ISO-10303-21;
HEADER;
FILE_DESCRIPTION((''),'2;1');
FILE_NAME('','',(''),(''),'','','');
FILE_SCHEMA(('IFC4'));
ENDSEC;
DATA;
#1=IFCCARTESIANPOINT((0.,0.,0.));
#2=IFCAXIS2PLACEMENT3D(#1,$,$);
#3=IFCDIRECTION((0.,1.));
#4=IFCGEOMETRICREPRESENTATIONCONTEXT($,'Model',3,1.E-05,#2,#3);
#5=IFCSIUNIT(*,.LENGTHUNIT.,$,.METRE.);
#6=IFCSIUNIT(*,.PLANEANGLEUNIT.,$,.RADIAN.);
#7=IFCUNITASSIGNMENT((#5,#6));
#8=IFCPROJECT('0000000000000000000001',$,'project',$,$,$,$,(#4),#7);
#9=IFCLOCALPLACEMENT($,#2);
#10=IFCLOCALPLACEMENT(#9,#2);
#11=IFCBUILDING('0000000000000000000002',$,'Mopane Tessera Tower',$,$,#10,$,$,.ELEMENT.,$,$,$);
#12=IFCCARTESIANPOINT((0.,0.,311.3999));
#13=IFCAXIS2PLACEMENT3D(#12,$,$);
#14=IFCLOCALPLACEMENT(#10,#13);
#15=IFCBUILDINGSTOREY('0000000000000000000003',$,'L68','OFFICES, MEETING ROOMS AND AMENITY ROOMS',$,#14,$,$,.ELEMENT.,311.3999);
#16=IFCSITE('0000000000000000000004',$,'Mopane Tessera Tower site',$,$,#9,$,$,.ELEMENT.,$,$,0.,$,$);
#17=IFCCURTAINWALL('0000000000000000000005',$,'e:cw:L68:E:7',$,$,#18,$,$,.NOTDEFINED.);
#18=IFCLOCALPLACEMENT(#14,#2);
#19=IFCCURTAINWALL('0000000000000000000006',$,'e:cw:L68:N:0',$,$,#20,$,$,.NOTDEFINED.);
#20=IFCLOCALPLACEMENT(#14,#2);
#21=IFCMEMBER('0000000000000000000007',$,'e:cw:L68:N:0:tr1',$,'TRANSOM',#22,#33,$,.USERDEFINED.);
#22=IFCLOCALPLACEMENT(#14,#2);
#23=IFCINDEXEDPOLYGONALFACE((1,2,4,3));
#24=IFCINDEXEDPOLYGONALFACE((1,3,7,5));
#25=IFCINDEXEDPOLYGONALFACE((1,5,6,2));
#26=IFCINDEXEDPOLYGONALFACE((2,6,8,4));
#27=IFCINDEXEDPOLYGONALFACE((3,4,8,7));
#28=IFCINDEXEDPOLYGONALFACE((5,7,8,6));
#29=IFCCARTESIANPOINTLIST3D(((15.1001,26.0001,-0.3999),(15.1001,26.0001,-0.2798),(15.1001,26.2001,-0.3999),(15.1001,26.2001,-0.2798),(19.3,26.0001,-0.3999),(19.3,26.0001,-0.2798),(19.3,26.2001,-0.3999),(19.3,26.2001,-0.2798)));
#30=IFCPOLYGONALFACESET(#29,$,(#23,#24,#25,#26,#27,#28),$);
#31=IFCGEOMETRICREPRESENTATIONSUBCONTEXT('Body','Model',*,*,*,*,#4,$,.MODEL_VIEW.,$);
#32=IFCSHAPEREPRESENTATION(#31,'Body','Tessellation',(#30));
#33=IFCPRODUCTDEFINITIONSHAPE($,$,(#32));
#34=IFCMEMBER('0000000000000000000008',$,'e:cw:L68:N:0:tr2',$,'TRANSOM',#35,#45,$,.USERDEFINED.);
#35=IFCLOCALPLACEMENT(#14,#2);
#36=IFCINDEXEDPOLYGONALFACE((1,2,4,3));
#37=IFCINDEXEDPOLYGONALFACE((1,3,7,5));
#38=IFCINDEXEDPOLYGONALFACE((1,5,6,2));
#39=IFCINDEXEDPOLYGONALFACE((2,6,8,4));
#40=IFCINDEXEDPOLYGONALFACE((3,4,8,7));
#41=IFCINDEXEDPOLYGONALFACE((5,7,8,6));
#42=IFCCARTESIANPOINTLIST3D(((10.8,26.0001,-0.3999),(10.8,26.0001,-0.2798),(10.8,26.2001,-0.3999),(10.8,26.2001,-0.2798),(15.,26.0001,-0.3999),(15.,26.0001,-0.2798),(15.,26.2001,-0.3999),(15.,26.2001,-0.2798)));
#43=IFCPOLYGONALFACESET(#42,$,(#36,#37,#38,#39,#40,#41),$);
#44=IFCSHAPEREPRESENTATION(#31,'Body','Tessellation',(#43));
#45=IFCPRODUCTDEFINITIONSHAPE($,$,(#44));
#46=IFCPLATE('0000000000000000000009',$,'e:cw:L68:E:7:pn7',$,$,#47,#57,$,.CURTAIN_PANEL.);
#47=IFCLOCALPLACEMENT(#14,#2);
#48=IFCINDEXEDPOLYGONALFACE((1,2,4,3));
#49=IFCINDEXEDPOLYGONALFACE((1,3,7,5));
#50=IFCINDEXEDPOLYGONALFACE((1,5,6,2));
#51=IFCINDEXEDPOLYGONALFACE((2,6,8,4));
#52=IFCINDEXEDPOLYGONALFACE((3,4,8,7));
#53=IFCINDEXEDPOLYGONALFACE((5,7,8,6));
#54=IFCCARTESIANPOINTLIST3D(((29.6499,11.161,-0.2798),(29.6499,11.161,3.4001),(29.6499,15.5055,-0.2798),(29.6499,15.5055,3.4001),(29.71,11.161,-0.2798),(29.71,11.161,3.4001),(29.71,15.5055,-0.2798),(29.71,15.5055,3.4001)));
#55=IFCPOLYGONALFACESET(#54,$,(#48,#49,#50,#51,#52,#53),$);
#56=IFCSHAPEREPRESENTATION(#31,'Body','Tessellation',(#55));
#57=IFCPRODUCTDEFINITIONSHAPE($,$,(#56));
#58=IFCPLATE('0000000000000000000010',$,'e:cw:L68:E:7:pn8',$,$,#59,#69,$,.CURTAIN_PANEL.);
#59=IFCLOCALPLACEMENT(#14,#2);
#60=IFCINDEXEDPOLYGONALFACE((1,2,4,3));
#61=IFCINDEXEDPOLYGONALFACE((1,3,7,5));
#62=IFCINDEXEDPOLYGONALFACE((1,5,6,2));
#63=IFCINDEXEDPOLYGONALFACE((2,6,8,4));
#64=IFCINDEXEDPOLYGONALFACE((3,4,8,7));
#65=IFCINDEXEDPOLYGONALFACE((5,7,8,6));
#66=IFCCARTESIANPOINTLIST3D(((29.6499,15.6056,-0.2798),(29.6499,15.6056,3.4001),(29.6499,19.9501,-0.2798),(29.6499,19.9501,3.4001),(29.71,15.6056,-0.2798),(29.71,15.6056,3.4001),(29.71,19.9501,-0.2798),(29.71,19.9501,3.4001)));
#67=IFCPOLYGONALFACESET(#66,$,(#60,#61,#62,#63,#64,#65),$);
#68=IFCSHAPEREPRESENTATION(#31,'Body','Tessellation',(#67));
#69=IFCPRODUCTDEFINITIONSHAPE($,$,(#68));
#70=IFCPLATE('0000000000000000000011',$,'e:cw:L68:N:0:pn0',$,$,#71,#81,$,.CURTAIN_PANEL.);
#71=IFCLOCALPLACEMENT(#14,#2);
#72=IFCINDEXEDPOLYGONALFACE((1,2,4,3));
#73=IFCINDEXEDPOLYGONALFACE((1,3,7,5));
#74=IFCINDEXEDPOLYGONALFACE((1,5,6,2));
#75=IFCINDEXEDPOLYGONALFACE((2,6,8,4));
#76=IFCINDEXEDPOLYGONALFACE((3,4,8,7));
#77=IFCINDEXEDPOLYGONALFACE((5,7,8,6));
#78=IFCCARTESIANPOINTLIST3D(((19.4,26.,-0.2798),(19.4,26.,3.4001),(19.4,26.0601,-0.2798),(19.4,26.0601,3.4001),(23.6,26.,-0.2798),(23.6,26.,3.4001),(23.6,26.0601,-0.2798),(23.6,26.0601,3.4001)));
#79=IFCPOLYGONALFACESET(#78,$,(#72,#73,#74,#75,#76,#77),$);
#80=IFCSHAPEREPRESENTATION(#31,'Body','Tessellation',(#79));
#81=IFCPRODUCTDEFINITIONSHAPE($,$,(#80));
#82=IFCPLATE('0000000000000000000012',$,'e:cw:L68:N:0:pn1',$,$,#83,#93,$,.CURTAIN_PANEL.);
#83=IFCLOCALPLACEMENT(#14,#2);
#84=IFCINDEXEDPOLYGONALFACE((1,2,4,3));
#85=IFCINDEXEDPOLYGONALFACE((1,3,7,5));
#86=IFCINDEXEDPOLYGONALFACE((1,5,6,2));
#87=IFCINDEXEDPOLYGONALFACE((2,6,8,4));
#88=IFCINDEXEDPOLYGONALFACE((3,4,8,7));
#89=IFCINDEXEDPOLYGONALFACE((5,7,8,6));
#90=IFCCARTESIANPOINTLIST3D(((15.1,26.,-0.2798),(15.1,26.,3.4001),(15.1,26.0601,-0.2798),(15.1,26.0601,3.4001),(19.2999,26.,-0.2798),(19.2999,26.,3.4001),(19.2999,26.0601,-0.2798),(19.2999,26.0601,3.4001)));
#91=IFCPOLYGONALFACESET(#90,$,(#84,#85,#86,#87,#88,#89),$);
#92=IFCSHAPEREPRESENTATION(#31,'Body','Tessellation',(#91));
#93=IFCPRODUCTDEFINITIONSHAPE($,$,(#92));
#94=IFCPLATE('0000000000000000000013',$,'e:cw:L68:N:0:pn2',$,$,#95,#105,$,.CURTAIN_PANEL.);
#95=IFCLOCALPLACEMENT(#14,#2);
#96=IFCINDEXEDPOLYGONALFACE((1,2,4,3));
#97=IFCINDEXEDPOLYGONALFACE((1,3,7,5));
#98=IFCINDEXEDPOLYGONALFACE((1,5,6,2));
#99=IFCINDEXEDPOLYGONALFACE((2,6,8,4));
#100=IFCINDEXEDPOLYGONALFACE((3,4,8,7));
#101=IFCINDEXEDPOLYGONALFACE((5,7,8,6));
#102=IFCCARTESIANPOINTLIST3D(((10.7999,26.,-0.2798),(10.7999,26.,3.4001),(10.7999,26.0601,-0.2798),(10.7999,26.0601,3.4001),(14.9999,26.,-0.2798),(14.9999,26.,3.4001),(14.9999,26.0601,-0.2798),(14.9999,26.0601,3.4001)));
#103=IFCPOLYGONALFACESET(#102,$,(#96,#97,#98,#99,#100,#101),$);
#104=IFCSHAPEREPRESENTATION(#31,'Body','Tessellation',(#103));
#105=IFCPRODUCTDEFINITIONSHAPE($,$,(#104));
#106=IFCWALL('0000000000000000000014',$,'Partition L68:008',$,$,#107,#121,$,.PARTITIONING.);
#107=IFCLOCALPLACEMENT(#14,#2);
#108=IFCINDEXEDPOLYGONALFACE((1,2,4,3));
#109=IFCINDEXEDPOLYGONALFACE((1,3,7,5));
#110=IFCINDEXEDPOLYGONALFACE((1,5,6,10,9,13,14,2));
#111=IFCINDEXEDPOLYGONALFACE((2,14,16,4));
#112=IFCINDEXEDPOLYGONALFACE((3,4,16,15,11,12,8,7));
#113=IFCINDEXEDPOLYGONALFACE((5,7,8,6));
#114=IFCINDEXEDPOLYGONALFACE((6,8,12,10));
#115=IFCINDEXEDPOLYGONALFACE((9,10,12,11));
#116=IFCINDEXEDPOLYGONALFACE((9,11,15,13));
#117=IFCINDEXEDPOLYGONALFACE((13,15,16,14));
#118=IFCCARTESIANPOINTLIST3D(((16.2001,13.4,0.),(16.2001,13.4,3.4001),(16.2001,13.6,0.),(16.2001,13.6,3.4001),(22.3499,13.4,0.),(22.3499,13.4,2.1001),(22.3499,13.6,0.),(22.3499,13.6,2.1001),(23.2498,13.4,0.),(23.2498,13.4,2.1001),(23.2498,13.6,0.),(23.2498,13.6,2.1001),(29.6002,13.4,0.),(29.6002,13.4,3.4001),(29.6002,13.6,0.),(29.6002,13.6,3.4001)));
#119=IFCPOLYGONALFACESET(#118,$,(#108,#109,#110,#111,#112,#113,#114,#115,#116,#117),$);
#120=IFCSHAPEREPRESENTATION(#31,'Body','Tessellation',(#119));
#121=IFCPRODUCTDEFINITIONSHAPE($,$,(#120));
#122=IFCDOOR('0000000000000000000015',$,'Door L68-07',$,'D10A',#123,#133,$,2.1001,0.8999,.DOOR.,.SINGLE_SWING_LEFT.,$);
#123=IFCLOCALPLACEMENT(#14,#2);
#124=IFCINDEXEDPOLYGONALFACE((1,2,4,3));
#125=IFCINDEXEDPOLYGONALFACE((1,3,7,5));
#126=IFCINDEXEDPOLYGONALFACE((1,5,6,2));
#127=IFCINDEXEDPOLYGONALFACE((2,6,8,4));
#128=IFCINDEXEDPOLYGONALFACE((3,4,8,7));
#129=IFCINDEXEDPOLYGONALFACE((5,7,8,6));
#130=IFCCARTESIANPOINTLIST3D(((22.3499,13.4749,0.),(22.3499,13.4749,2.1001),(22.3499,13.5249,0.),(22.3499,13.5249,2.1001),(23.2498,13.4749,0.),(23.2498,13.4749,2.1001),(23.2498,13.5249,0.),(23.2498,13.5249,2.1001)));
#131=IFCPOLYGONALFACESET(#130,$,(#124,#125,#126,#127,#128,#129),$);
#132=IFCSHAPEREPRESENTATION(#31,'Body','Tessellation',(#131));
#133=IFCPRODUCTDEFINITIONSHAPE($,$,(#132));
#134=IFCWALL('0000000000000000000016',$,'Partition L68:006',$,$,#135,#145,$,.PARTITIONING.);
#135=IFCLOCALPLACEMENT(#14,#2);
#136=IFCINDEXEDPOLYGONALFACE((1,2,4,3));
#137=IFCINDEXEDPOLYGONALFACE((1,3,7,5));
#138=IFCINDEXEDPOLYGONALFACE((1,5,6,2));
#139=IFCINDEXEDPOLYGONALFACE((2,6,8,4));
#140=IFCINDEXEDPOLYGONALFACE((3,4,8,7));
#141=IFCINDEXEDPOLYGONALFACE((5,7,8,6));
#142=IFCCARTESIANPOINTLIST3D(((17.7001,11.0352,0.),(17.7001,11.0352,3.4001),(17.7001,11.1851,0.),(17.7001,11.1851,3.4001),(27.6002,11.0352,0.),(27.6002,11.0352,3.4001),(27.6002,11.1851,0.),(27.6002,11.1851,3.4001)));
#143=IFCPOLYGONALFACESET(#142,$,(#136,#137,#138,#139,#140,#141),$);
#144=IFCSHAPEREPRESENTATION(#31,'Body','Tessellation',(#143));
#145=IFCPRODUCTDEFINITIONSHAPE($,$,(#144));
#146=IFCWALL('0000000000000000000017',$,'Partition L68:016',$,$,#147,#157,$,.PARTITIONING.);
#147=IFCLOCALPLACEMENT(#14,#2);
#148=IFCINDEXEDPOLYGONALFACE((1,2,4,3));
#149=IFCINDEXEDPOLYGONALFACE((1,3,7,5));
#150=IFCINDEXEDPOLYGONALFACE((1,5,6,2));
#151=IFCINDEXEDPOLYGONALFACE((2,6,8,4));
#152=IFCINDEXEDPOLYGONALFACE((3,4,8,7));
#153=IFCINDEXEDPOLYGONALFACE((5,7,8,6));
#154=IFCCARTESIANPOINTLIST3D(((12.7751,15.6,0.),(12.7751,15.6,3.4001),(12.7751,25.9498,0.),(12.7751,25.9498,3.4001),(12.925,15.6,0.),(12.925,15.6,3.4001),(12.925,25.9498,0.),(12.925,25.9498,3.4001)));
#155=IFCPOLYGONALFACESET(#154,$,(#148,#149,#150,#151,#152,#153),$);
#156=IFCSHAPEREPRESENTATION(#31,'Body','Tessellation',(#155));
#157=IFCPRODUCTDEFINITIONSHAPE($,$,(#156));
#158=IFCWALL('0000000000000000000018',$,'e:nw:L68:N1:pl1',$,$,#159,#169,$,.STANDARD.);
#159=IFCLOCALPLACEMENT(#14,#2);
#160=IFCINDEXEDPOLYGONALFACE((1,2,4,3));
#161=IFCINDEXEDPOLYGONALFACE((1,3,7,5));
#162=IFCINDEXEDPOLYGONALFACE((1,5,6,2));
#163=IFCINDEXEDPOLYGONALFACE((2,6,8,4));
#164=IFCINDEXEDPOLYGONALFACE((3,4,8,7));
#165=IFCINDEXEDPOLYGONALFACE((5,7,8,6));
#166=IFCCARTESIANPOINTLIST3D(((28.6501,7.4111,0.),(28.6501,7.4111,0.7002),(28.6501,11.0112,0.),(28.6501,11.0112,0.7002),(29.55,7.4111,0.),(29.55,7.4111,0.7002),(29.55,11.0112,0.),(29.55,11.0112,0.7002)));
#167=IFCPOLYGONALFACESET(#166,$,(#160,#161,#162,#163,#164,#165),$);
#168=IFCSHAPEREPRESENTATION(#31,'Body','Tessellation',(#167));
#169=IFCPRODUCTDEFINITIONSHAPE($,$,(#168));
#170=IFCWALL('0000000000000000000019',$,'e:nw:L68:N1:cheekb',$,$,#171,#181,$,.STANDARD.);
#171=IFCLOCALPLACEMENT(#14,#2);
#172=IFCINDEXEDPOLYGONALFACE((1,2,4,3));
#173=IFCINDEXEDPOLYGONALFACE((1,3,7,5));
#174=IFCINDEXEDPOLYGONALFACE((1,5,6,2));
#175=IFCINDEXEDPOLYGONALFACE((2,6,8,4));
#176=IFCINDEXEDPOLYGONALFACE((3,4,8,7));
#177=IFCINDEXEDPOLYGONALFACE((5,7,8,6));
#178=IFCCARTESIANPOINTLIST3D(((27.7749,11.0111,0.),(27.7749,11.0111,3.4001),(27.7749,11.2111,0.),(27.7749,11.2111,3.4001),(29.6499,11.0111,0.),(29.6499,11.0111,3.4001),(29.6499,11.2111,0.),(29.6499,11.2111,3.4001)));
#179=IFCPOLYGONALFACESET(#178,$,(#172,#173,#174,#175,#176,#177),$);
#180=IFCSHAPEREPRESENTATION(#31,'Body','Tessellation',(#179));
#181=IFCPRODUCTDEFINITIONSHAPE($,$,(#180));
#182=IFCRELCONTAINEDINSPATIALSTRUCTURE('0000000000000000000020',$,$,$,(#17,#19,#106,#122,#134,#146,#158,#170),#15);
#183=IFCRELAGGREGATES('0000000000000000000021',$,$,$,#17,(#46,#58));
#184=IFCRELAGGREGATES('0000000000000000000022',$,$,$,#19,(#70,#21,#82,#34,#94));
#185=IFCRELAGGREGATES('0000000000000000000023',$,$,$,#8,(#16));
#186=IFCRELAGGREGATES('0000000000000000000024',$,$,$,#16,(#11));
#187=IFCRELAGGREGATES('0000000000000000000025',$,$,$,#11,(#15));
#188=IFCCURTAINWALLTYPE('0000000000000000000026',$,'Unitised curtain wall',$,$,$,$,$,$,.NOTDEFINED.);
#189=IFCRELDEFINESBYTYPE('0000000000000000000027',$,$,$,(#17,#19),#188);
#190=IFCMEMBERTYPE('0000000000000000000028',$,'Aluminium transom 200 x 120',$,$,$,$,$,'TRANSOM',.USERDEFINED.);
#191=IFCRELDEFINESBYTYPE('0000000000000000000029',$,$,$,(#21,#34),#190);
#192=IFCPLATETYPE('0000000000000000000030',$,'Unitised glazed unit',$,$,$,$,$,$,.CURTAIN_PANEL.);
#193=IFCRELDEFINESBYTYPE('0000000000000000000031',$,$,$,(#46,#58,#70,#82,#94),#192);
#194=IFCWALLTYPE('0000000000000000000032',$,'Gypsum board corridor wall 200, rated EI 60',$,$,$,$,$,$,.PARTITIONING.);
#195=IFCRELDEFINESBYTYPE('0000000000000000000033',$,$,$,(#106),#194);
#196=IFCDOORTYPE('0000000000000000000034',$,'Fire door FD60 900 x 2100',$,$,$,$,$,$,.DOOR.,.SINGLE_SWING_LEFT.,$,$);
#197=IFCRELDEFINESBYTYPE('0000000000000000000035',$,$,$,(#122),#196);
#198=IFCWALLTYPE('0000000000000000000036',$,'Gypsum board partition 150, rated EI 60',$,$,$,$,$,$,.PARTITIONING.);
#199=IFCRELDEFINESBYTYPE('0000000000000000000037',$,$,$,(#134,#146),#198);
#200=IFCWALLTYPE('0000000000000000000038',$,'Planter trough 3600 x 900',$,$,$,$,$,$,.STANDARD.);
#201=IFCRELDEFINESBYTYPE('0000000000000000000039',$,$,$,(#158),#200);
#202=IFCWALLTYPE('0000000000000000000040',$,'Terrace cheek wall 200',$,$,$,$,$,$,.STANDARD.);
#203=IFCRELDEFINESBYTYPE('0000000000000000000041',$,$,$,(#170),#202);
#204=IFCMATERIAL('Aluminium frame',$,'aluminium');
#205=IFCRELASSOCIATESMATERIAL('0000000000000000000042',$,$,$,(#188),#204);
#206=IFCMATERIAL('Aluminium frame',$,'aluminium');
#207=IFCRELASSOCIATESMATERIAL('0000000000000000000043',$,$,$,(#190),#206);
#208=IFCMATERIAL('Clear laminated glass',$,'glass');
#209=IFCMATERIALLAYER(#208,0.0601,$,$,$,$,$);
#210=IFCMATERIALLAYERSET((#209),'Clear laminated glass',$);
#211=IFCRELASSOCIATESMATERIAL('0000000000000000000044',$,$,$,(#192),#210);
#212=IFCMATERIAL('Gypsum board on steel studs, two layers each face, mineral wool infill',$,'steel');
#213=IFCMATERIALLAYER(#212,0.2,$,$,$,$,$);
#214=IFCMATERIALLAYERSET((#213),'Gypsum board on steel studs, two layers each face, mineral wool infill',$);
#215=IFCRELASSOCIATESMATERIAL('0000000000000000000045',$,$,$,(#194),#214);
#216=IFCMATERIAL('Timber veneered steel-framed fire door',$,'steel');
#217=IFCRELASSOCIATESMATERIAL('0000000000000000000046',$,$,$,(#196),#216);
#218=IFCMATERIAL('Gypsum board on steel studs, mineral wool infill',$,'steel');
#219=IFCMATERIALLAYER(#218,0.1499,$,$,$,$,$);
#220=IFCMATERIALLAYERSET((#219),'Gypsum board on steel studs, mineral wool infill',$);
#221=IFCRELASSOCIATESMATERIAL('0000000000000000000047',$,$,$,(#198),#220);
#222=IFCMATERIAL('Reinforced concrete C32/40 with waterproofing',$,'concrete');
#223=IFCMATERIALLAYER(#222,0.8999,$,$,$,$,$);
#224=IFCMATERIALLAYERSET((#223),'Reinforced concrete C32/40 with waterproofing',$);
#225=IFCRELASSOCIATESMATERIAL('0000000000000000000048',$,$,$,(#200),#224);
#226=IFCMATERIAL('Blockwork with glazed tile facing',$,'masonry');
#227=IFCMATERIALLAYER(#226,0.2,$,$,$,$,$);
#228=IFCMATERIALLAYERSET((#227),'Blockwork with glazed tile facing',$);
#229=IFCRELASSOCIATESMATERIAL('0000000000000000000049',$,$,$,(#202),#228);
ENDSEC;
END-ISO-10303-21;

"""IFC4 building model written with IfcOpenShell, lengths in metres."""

from ifc_helpers import new_model, si_unit, direction, frame, frame_2d, origin, origin_2d, place, context, subcontext, project, spatial, rectangle, extrude, material, layer, layer_set, material_profile, profile_set, type_object, element, fill, aggregate, save


model = new_model("IFC4")

# Units and contexts
model_context = context("Model", 3, precision=1e-05, world=origin(), true_north=direction((0.0, 1.0)))
body_context = subcontext(model_context, "Body", "Model", "MODEL_VIEW")
ifc_project = project(units=[si_unit("LENGTHUNIT", "METRE"), si_unit("PLANEANGLEUNIT", "RADIAN")], contexts=[model_context])

# Site, building, storey
site_placement = place(None, origin())
site = spatial("IfcSite", under=ifc_project, at=site_placement, Name="Mopane Tessera Tower site", CompositionType="ELEMENT", RefElevation=0.0)
building_placement = place(site_placement, origin())
building = spatial("IfcBuilding", under=site, at=building_placement, Name="Mopane Tessera Tower", CompositionType="ELEMENT")
storey_placement = place(building_placement, frame((0.0, 0.0, 311.3999)))
storey = spatial("IfcBuildingStorey", under=building, at=storey_placement, Name="L68", Description="OFFICES, MEETING ROOMS AND AMENITY ROOMS", CompositionType="ELEMENT", Elevation=311.3999)

# Curtain walls
ifc_material_1 = material(Name="Aluminium frame", Category="aluminium")
curtain_wall_type = type_object("IfcCurtainWallType", Name="Unitised curtain wall", PredefinedType="NOTDEFINED", material=ifc_material_1)
curtain_wall_1_placement = place(storey_placement, origin())
curtain_wall_1 = element("IfcCurtainWall", 1, at=curtain_wall_1_placement, inside=storey, type_object=curtain_wall_type, Name="e:cw:L68:E:7", PredefinedType="NOTDEFINED")
curtain_wall_2_placement = place(storey_placement, origin())
curtain_wall_2 = element("IfcCurtainWall", 2, at=curtain_wall_2_placement, inside=storey, type_object=curtain_wall_type, Name="e:cw:L68:N:0", PredefinedType="NOTDEFINED")

# Members
ifc_material_2 = material(Name="Aluminium frame", Category="aluminium")
ifc_material_profile_1 = material_profile(ifc_material_2, rectangle(XDim=0.2, YDim=0.1201, at=origin_2d()))
ifc_profile_set_1 = profile_set([ifc_material_profile_1], Name="Aluminium frame")
member_type_1 = type_object("IfcMemberType", Name="Aluminium transom 200 x 120", ElementType="TRANSOM", PredefinedType="USERDEFINED", material=ifc_profile_set_1)
member_1_placement = place(storey_placement, frame((19.3, 26.1001, -0.3398), z_axis=(-1.0, 0.0, 0.0), x_axis=(0.0, -1.0, 0.0)))
member_1 = element("IfcMember", 3, at=member_1_placement, type_object=member_type_1, Name="e:cw:L68:N:0:tr1", ObjectType="TRANSOM", PredefinedType="USERDEFINED", context=body_context, shape_type="SweptSolid", body=[
    extrude(rectangle(XDim=0.2, YDim=0.1201, at=origin_2d()), origin(), (0.0, 0.0, 1.0), 4.2),
])
member_2_placement = place(storey_placement, frame((15.0, 26.1001, -0.3398), z_axis=(-1.0, 0.0, 0.0), x_axis=(0.0, -1.0, 0.0)))
member_2 = element("IfcMember", 4, at=member_2_placement, type_object=member_type_1, Name="e:cw:L68:N:0:tr2", ObjectType="TRANSOM", PredefinedType="USERDEFINED", context=body_context, shape_type="SweptSolid", body=[
    extrude(rectangle(XDim=0.2, YDim=0.1201, at=origin_2d()), origin(), (0.0, 0.0, 1.0), 4.2),
])

# Plates
ifc_material_3 = material(Name="Clear laminated glass", Category="glass")
ifc_layer_1 = layer(ifc_material_3, 0.0601)
ifc_layer_set_1 = layer_set([ifc_layer_1], Name="Clear laminated glass")
plate_type = type_object("IfcPlateType", Name="Unitised glazed unit", PredefinedType="CURTAIN_PANEL", material=ifc_layer_set_1)
plate_1_placement = place(storey_placement, frame((29.6799, 13.3333, -0.2798), z_axis=(0.0, 0.0, 1.0), x_axis=(0.0, 1.0, 0.0)))
plate_1 = element("IfcPlate", 5, at=plate_1_placement, type_object=plate_type, Name="e:cw:L68:E:7:pn7", PredefinedType="CURTAIN_PANEL", context=body_context, shape_type="SweptSolid", body=[
    extrude(rectangle(XDim=4.3445, YDim=0.0601, at=origin_2d()), origin(), (0.0, 0.0, 1.0), 3.6799),
])
plate_2_placement = place(storey_placement, frame((29.6799, 17.7778, -0.2798), z_axis=(0.0, 0.0, 1.0), x_axis=(0.0, 1.0, 0.0)))
plate_2 = element("IfcPlate", 6, at=plate_2_placement, type_object=plate_type, Name="e:cw:L68:E:7:pn8", PredefinedType="CURTAIN_PANEL", context=body_context, shape_type="SweptSolid", body=[
    extrude(rectangle(XDim=4.3445, YDim=0.0601, at=origin_2d()), origin(), (0.0, 0.0, 1.0), 3.6799),
])
aggregate(curtain_wall_1, [plate_1, plate_2])
plate_3_placement = place(storey_placement, frame((21.5, 26.03, -0.2798), z_axis=(0.0, 0.0, 1.0), x_axis=(-1.0, 0.0, 0.0)))
plate_3 = element("IfcPlate", 7, at=plate_3_placement, type_object=plate_type, Name="e:cw:L68:N:0:pn0", PredefinedType="CURTAIN_PANEL", context=body_context, shape_type="SweptSolid", body=[
    extrude(rectangle(XDim=4.2, YDim=0.0601, at=origin_2d()), origin(), (0.0, 0.0, 1.0), 3.6799),
])
plate_4_placement = place(storey_placement, frame((17.2, 26.03, -0.2798), z_axis=(0.0, 0.0, 1.0), x_axis=(-1.0, 0.0, 0.0)))
plate_4 = element("IfcPlate", 8, at=plate_4_placement, type_object=plate_type, Name="e:cw:L68:N:0:pn1", PredefinedType="CURTAIN_PANEL", context=body_context, shape_type="SweptSolid", body=[
    extrude(rectangle(XDim=4.2, YDim=0.0601, at=origin_2d()), origin(), (0.0, 0.0, 1.0), 3.6799),
])
plate_5_placement = place(storey_placement, frame((12.8999, 26.03, -0.2798), z_axis=(0.0, 0.0, 1.0), x_axis=(-1.0, 0.0, 0.0)))
plate_5 = element("IfcPlate", 9, at=plate_5_placement, type_object=plate_type, Name="e:cw:L68:N:0:pn2", PredefinedType="CURTAIN_PANEL", context=body_context, shape_type="SweptSolid", body=[
    extrude(rectangle(XDim=4.2, YDim=0.0601, at=origin_2d()), origin(), (0.0, 0.0, 1.0), 3.6799),
])
aggregate(curtain_wall_2, [plate_3, member_1, plate_4, member_2, plate_5])

# Wall, opening, door
ifc_material_4 = material(Name="Gypsum board on steel studs, two layers each face, mineral wool infill", Category="steel")
ifc_layer_2 = layer(ifc_material_4, 0.2)
ifc_layer_set_2 = layer_set([ifc_layer_2], Name="Gypsum board on steel studs, two layers each face, mineral wool infill")
wall_type_1 = type_object("IfcWallType", Name="Gypsum board corridor wall 200, rated EI 60", PredefinedType="PARTITIONING", material=ifc_layer_set_2)
wall_1_placement = place(storey_placement, frame((16.2, 13.5, 0.0), z_axis=(0.0, 0.0, 1.0), x_axis=(1.0, 0.0, 0.0)))
wall_1 = element("IfcWall", 10, at=wall_1_placement, inside=storey, type_object=wall_type_1, Name="Partition L68:008", PredefinedType="PARTITIONING", context=body_context, shape_type="SweptSolid", body=[
    extrude(rectangle(XDim=13.4001, YDim=0.2, at=frame_2d((6.7002, 0.0))), origin(), (0.0, 0.0, 1.0), 3.4001),
])
opening_placement = place(wall_1_placement, frame((6.1499, 0.0, 0.0)))
opening = element("IfcOpeningElement", 11, at=opening_placement, cuts=wall_1, PredefinedType="OPENING", context=body_context, shape_type="SweptSolid", body=[
    extrude(rectangle(XDim=0.8999, YDim=2.1001, at=frame_2d((0.45, 1.05))), frame((0.0, 0.1121, 0.0), z_axis=(0.0, -1.0, 0.0), x_axis=(1.0, 0.0, 0.0)), (0.0, 0.0, 1.0), 0.2239),
])
ifc_material_5 = material(Name="Timber veneered steel-framed fire door", Category="steel")
door_type = type_object("IfcDoorType", Name="Fire door FD60 900 x 2100", OperationType="SINGLE_SWING_LEFT", PredefinedType="DOOR", material=ifc_material_5)
door_placement = place(opening_placement, origin())
door = element("IfcDoor", 12, at=door_placement, inside=storey, type_object=door_type, Name="Door L68-07", ObjectType="D10A", OperationType="SINGLE_SWING_LEFT", OverallHeight=2.1001, OverallWidth=0.8999, PredefinedType="DOOR", context=body_context, shape_type="SweptSolid", body=[
    extrude(rectangle(XDim=0.8999, YDim=2.1001, at=frame_2d((0.45, 1.05))), frame((0.0, 0.0249, 0.0), z_axis=(0.0, -1.0, 0.0), x_axis=(1.0, 0.0, 0.0)), (0.0, 0.0, 1.0), 0.05),
])
fill(opening, door)

# Walls
ifc_material_6 = material(Name="Gypsum board on steel studs, mineral wool infill", Category="steel")
ifc_layer_3 = layer(ifc_material_6, 0.1499)
ifc_layer_set_3 = layer_set([ifc_layer_3], Name="Gypsum board on steel studs, mineral wool infill")
wall_type_2 = type_object("IfcWallType", Name="Gypsum board partition 150, rated EI 60", PredefinedType="PARTITIONING", material=ifc_layer_set_3)
wall_2_placement = place(storey_placement, frame((17.7, 11.1101, 0.0), z_axis=(0.0, 0.0, 1.0), x_axis=(1.0, 0.0, 0.0)))
element("IfcWall", 13, at=wall_2_placement, inside=storey, type_object=wall_type_2, Name="Partition L68:006", PredefinedType="PARTITIONING", context=body_context, shape_type="SweptSolid", body=[
    extrude(rectangle(XDim=9.9001, YDim=0.1499, at=frame_2d((4.9502, 0.0))), origin(), (0.0, 0.0, 1.0), 3.4001),
])
wall_3_placement = place(storey_placement, frame((12.8501, 15.6001, 0.0), z_axis=(0.0, 0.0, 1.0), x_axis=(0.0, 1.0, 0.0)))
element("IfcWall", 14, at=wall_3_placement, inside=storey, type_object=wall_type_2, Name="Partition L68:016", PredefinedType="PARTITIONING", context=body_context, shape_type="SweptSolid", body=[
    extrude(rectangle(XDim=10.3499, YDim=0.1499, at=frame_2d((5.1748, 0.0))), origin(), (0.0, 0.0, 1.0), 3.4001),
])
ifc_material_7 = material(Name="Reinforced concrete C32/40 with waterproofing", Category="concrete")
ifc_layer_4 = layer(ifc_material_7, 0.8999)
ifc_layer_set_4 = layer_set([ifc_layer_4], Name="Reinforced concrete C32/40 with waterproofing")
wall_type_3 = type_object("IfcWallType", Name="Planter trough 3600 x 900", PredefinedType="STANDARD", material=ifc_layer_set_4)
wall_4_placement = place(storey_placement, frame((29.1001, 7.4111, 0.0), z_axis=(0.0, 0.0, 1.0), x_axis=(0.0, 1.0, 0.0)))
element("IfcWall", 15, at=wall_4_placement, inside=storey, type_object=wall_type_3, Name="e:nw:L68:N1:pl1", PredefinedType="STANDARD", context=body_context, shape_type="SweptSolid", body=[
    extrude(rectangle(XDim=3.6001, YDim=0.8999, at=frame_2d((1.8, 0.0))), origin(), (0.0, 0.0, 1.0), 0.7002),
])
ifc_material_8 = material(Name="Blockwork with glazed tile facing", Category="masonry")
ifc_layer_5 = layer(ifc_material_8, 0.2)
ifc_layer_set_5 = layer_set([ifc_layer_5], Name="Blockwork with glazed tile facing")
wall_type_4 = type_object("IfcWallType", Name="Terrace cheek wall 200", PredefinedType="STANDARD", material=ifc_layer_set_5)
wall_5_placement = place(storey_placement, frame((29.6499, 11.1111, 0.0), z_axis=(0.0, 0.0, 1.0), x_axis=(-1.0, 0.0, 0.0)))
element("IfcWall", 16, at=wall_5_placement, inside=storey, type_object=wall_type_4, Name="e:nw:L68:N1:cheekb", PredefinedType="STANDARD", context=body_context, shape_type="SweptSolid", body=[
    extrude(rectangle(XDim=1.875, YDim=0.2, at=frame_2d((0.9375, 0.0))), origin(), (0.0, 0.0, 1.0), 3.4001),
])

save(model, "model.ifc")
